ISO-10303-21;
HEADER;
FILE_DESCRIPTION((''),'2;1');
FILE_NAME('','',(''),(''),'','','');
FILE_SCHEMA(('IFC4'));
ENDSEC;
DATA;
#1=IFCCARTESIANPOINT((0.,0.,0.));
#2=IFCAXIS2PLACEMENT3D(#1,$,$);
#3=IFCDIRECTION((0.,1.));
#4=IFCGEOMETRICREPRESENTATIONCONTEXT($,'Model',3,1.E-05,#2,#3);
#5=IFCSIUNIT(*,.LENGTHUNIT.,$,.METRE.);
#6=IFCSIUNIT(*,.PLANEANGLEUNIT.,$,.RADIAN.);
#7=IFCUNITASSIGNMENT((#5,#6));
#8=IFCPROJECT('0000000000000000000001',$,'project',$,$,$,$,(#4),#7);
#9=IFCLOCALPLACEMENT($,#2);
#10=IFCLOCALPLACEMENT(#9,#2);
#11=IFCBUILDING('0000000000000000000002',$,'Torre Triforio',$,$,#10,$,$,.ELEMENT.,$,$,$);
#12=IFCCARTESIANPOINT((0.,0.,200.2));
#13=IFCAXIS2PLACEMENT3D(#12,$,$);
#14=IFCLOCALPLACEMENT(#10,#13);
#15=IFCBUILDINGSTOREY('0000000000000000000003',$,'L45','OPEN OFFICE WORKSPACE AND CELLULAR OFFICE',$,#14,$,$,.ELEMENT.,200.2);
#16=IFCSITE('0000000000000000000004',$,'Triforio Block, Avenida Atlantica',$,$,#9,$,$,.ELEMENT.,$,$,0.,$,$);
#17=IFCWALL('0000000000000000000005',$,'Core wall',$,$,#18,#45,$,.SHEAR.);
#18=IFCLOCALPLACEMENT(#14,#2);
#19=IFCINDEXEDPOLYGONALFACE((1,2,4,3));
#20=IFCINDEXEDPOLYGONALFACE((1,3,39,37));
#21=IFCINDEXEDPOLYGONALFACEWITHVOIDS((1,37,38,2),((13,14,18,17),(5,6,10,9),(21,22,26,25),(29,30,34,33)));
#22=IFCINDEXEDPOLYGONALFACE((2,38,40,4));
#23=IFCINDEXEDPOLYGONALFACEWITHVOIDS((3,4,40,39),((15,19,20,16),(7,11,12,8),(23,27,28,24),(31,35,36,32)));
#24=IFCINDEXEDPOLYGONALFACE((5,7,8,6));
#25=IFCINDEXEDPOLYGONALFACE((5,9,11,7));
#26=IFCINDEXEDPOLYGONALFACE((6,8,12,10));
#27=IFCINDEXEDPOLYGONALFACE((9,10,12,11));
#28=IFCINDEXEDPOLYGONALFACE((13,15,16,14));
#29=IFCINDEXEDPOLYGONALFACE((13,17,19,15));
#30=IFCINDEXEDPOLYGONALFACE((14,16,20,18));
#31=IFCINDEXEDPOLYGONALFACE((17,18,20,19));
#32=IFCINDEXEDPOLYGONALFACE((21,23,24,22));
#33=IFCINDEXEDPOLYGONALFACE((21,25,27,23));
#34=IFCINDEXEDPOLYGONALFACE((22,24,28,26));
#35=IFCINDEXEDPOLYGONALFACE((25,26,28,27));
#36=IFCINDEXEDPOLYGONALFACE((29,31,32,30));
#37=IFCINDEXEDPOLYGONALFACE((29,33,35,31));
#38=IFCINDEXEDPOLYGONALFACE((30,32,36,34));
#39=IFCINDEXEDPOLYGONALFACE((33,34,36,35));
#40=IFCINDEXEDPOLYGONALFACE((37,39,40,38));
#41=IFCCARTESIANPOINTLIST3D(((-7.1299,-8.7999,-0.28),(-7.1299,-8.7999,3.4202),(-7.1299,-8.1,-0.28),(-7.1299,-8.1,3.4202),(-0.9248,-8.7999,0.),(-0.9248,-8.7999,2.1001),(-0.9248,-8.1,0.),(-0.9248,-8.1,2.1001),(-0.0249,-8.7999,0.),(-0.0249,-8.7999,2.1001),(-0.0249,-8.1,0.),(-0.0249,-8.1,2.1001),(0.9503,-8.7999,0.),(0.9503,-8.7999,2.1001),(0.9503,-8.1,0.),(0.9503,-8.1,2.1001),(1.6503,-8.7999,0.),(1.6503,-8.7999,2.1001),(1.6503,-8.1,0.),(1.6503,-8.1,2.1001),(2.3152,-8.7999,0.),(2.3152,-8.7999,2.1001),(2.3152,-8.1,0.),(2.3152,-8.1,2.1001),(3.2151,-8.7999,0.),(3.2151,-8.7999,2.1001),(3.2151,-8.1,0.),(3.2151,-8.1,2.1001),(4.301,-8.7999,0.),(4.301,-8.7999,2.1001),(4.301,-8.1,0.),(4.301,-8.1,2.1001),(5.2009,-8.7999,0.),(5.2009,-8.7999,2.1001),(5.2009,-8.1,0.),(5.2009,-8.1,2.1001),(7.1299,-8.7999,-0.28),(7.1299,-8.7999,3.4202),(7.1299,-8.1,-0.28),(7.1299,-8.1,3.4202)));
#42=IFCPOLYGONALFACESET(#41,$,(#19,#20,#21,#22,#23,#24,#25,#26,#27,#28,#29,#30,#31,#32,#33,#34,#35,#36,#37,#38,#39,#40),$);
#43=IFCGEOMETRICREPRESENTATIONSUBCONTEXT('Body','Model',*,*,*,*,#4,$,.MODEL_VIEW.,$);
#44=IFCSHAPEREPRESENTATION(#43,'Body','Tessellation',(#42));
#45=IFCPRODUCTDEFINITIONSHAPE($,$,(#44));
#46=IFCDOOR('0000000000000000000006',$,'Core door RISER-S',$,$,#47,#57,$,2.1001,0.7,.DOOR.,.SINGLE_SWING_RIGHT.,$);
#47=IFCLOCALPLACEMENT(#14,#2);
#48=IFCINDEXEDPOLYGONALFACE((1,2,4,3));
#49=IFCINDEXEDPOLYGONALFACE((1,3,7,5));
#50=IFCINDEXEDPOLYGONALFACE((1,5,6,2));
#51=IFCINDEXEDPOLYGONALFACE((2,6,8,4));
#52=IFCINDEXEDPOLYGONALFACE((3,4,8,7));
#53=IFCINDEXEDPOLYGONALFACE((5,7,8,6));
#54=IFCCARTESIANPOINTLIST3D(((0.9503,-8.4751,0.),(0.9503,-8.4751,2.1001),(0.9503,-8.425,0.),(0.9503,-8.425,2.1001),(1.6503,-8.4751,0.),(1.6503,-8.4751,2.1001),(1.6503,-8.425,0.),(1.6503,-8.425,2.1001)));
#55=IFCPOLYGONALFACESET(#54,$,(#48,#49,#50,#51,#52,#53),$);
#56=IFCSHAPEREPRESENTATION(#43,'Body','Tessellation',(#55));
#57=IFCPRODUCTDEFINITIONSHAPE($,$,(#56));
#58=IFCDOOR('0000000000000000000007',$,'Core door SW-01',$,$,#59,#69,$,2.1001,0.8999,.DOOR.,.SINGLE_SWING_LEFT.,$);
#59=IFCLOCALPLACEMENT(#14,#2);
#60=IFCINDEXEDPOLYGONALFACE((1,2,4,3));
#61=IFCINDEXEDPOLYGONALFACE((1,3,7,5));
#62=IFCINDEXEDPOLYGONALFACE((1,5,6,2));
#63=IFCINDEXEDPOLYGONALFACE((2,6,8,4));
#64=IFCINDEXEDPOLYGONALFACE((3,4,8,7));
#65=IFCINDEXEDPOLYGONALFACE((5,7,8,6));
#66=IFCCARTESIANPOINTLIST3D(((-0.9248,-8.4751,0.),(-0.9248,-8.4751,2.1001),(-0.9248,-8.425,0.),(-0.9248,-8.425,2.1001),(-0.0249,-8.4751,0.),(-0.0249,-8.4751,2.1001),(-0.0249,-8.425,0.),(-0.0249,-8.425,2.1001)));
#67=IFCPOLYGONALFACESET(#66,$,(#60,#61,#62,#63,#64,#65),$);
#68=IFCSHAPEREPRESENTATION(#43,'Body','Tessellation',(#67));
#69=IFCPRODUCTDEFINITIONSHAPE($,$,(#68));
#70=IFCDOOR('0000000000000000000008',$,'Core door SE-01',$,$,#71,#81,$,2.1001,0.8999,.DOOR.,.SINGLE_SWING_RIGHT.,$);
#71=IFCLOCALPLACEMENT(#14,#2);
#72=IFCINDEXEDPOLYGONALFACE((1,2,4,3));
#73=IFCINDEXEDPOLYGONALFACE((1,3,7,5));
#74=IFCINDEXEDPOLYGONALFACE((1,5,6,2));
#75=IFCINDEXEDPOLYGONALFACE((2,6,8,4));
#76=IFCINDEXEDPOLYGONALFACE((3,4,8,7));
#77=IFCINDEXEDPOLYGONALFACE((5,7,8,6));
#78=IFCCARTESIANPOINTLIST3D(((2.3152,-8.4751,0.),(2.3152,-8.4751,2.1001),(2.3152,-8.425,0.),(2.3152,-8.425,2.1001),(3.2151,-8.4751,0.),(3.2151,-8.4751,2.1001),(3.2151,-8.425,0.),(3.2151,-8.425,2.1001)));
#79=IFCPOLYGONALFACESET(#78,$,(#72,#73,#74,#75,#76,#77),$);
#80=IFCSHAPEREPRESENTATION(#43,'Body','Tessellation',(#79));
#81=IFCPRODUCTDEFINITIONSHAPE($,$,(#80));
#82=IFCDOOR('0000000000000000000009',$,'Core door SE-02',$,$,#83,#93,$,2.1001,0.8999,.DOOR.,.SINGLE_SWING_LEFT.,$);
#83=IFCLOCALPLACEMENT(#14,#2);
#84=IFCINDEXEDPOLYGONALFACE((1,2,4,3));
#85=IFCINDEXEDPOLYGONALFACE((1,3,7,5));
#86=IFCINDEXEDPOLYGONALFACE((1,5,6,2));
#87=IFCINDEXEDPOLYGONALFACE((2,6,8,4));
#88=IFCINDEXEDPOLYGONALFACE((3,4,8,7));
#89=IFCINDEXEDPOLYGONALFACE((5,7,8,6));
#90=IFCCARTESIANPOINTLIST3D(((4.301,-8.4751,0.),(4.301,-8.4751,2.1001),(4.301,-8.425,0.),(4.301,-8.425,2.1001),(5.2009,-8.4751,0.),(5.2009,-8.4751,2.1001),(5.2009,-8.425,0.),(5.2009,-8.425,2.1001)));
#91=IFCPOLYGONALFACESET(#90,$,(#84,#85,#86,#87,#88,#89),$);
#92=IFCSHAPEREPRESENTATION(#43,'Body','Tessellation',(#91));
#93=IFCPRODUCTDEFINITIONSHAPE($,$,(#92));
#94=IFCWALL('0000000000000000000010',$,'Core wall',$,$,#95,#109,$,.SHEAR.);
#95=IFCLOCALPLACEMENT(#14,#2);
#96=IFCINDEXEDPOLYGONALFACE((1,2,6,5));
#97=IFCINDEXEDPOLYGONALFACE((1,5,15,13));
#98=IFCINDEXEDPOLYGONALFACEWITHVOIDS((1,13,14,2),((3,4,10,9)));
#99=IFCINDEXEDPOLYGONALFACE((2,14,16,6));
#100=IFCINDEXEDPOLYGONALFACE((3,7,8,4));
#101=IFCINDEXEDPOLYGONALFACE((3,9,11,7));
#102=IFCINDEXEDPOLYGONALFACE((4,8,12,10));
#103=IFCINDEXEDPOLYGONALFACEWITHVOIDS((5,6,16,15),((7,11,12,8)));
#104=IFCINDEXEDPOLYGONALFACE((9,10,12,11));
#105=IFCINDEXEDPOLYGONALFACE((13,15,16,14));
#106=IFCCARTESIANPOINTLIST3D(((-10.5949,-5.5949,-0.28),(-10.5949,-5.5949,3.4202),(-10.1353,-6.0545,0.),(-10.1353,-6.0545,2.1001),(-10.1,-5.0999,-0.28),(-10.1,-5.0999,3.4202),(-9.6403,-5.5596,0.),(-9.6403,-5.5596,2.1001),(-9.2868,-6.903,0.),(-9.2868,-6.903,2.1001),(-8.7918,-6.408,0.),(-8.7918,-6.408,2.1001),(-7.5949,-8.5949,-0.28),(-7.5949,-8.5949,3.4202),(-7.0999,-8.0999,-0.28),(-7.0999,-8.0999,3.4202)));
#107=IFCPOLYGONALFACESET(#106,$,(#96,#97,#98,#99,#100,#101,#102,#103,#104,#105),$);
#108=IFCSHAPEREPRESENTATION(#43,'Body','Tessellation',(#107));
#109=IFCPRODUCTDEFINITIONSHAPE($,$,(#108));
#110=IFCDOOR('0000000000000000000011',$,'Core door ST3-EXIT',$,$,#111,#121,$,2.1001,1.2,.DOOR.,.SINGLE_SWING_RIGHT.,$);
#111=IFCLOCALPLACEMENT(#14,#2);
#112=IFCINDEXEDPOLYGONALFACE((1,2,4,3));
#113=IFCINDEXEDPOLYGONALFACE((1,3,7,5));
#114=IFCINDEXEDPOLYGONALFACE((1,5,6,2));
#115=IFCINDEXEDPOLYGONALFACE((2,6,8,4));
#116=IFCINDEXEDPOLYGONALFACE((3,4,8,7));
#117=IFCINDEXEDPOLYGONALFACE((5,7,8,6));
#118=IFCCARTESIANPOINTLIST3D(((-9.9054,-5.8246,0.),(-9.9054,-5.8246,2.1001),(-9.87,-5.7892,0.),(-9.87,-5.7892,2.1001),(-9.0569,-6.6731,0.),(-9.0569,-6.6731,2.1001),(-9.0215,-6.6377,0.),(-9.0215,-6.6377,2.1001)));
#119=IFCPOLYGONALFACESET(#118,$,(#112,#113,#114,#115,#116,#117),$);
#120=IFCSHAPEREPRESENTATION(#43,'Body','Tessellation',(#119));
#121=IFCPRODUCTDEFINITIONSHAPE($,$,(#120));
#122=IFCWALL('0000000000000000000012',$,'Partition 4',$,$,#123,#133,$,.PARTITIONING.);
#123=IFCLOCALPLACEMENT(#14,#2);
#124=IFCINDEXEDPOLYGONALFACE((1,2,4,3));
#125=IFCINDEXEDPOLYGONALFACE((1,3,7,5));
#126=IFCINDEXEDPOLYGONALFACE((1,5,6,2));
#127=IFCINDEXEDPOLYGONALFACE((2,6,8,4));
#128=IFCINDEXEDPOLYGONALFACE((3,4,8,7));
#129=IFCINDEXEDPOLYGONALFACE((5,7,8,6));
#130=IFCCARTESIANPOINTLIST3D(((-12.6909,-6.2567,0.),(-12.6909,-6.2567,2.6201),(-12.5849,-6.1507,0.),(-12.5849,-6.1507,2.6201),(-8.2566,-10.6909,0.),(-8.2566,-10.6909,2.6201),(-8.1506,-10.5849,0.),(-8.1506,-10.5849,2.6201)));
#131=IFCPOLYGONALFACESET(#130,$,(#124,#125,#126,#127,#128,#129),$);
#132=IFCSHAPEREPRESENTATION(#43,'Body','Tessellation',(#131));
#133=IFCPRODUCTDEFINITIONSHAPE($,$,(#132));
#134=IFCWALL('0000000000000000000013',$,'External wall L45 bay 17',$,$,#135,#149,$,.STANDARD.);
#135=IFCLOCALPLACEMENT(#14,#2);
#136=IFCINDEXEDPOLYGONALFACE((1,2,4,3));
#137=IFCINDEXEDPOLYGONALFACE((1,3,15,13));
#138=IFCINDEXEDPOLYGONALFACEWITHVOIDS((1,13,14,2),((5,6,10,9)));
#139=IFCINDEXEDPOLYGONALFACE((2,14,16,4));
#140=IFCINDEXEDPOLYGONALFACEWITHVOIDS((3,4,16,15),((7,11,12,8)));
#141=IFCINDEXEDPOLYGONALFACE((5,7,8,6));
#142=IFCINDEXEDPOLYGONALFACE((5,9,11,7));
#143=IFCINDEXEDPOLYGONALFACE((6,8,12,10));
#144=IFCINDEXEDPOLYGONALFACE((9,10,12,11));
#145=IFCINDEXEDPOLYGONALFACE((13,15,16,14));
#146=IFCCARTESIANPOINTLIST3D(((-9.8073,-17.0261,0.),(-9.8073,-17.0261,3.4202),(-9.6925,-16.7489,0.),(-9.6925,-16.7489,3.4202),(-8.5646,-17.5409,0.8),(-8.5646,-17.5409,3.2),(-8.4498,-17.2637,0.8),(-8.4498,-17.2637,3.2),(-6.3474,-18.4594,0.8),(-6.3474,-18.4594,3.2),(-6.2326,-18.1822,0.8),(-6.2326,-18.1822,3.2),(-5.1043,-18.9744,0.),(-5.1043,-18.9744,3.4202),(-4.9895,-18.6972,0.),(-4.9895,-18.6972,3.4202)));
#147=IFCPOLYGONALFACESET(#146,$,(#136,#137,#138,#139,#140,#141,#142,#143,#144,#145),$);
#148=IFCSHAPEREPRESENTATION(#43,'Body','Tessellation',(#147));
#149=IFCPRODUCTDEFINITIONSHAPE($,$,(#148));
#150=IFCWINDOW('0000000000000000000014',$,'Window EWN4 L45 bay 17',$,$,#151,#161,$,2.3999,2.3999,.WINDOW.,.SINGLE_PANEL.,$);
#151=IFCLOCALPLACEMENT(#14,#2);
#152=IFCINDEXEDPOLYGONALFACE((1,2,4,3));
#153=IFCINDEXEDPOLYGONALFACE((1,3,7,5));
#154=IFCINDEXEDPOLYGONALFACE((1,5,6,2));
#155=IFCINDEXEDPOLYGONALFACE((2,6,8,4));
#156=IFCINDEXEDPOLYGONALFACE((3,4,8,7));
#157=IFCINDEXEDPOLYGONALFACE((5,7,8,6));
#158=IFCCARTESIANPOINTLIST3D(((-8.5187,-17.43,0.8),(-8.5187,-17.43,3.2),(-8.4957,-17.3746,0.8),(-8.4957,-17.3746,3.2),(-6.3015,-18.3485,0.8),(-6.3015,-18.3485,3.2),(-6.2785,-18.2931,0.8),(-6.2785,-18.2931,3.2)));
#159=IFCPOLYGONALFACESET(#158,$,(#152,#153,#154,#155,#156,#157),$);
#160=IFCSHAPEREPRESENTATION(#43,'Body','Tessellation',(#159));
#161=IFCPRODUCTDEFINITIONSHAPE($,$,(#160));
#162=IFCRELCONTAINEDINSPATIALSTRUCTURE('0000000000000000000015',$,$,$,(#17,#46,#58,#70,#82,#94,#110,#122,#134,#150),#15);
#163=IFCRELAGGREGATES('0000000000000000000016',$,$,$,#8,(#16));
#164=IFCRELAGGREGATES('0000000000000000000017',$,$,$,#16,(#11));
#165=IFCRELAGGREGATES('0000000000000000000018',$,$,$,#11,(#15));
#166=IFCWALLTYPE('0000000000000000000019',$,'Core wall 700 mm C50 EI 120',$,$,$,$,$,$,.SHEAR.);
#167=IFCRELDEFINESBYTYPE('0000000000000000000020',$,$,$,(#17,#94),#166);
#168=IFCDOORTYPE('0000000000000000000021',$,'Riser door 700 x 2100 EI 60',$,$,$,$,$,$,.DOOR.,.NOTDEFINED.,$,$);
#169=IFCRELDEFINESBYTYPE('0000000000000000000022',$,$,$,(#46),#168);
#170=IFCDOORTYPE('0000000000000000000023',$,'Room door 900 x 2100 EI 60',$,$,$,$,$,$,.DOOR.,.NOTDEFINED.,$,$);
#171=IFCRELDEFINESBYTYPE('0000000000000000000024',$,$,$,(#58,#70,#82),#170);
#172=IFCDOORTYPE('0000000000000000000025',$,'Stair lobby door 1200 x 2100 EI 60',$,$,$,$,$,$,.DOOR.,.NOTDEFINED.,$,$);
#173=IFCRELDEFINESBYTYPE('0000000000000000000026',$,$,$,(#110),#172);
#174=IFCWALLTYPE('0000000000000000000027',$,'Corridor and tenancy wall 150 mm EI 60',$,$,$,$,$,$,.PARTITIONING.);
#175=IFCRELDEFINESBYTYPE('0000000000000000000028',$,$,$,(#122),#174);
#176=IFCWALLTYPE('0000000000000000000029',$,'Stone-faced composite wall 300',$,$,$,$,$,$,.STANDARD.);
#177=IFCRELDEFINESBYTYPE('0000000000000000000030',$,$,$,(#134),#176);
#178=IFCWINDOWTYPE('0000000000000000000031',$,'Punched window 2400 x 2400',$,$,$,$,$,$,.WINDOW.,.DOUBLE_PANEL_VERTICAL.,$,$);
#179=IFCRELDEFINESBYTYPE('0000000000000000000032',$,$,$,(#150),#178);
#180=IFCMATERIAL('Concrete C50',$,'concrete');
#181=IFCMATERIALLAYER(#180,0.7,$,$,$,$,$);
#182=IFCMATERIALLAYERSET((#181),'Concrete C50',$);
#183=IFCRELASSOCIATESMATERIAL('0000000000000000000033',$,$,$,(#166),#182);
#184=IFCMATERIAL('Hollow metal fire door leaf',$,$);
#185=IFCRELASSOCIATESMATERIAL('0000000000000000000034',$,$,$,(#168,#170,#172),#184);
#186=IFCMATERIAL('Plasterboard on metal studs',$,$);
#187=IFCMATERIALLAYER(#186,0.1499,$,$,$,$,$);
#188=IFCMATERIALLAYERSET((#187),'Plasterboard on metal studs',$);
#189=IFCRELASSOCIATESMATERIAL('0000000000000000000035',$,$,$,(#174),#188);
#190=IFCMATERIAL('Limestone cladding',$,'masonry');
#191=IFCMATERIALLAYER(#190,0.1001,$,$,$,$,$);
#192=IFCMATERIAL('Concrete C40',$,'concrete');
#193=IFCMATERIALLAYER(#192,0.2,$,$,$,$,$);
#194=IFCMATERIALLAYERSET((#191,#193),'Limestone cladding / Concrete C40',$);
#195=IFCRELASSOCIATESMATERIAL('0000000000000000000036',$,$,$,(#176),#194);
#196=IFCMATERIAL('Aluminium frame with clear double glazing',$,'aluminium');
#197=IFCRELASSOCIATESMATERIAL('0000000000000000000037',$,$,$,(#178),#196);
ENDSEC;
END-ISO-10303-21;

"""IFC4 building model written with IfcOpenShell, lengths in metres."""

from ifc_helpers import new_model, si_unit, direction, frame, frame_2d, origin, place, context, subcontext, project, spatial, rectangle, extrude, material, layer, layer_set, type_object, element, fill, save


model = new_model("IFC4")

# Units and contexts
model_context = context("Model", 3, precision=1e-05, world=origin(), true_north=direction((0.0, 1.0)))
body_context = subcontext(model_context, "Body", "Model", "MODEL_VIEW")
ifc_project = project(units=[si_unit("LENGTHUNIT", "METRE"), si_unit("PLANEANGLEUNIT", "RADIAN")], contexts=[model_context])

# Site, building, storey
site_placement = place(None, origin())
site = spatial("IfcSite", under=ifc_project, at=site_placement, Name="Triforio Block, Avenida Atlantica", CompositionType="ELEMENT", RefElevation=0.0)
building_placement = place(site_placement, origin())
building = spatial("IfcBuilding", under=site, at=building_placement, Name="Torre Triforio", CompositionType="ELEMENT")
storey_placement = place(building_placement, frame((0.0, 0.0, 200.2)))
storey = spatial("IfcBuildingStorey", under=building, at=storey_placement, Name="L45", Description="OPEN OFFICE WORKSPACE AND CELLULAR OFFICE", CompositionType="ELEMENT", Elevation=200.2)

# Shared definitions
ifc_material_1 = material(Name="Concrete C50", Category="concrete")

# Shared definitions
ifc_material_2 = material(Name="Concrete C40", Category="concrete")

# Wall, openings, doors
ifc_layer_1 = layer(ifc_material_1, 0.7)
ifc_layer_set_1 = layer_set([ifc_layer_1], Name="Concrete C50")
wall_type_1 = type_object("IfcWallType", Name="Core wall 700 mm C50 EI 120", PredefinedType="SHEAR", material=ifc_layer_set_1)
wall_1_placement = place(storey_placement, frame((-7.1299, -8.45, -0.28), z_axis=(0.0, 0.0, 1.0), x_axis=(1.0, 0.0, 0.0)))
wall_1 = element("IfcWall", 1, at=wall_1_placement, inside=storey, type_object=wall_type_1, Name="Core wall", PredefinedType="SHEAR", context=body_context, shape_type="SweptSolid", body=[
    extrude(rectangle(XDim=14.2598, YDim=0.7, at=frame_2d((7.1299, 0.0))), origin(), (0.0, 0.0, 1.0), 3.7002),
])
opening_1_placement = place(wall_1_placement, frame((8.0801, 0.0, 0.28)))
opening_1 = element("IfcOpeningElement", 2, at=opening_1_placement, cuts=wall_1, PredefinedType="OPENING", context=body_context, shape_type="SweptSolid", body=[
    extrude(rectangle(XDim=0.7, YDim=2.1001, at=frame_2d((0.3501, 1.05))), frame((0.0, 0.3599, 0.0), z_axis=(0.0, -1.0, 0.0), x_axis=(1.0, 0.0, 0.0)), (0.0, 0.0, 1.0), 0.72),
])
opening_2_placement = place(wall_1_placement, frame((6.2051, 0.0, 0.28)))
opening_2 = element("IfcOpeningElement", 3, at=opening_2_placement, cuts=wall_1, PredefinedType="OPENING", context=body_context, shape_type="SweptSolid", body=[
    extrude(rectangle(XDim=0.8999, YDim=2.1001, at=frame_2d((0.45, 1.05))), frame((0.0, 0.3599, 0.0), z_axis=(0.0, -1.0, 0.0), x_axis=(1.0, 0.0, 0.0)), (0.0, 0.0, 1.0), 0.72),
])
opening_3_placement = place(wall_1_placement, frame((9.4451, 0.0, 0.28)))
opening_3 = element("IfcOpeningElement", 4, at=opening_3_placement, cuts=wall_1, PredefinedType="OPENING", context=body_context, shape_type="SweptSolid", body=[
    extrude(rectangle(XDim=0.8999, YDim=2.1001, at=frame_2d((0.45, 1.05))), frame((0.0, 0.3599, 0.0), z_axis=(0.0, -1.0, 0.0), x_axis=(1.0, 0.0, 0.0)), (0.0, 0.0, 1.0), 0.72),
])
opening_4_placement = place(wall_1_placement, frame((11.4309, 0.0, 0.28)))
opening_4 = element("IfcOpeningElement", 5, at=opening_4_placement, cuts=wall_1, PredefinedType="OPENING", context=body_context, shape_type="SweptSolid", body=[
    extrude(rectangle(XDim=0.8999, YDim=2.1001, at=frame_2d((0.45, 1.05))), frame((0.0, 0.3599, 0.0), z_axis=(0.0, -1.0, 0.0), x_axis=(1.0, 0.0, 0.0)), (0.0, 0.0, 1.0), 0.72),
])
ifc_material_3 = material(Name="Hollow metal fire door leaf")
door_type_1 = type_object("IfcDoorType", Name="Riser door 700 x 2100 EI 60", OperationType="NOTDEFINED", PredefinedType="DOOR", material=ifc_material_3)
door_1_placement = place(opening_1_placement, origin())
door_1 = element("IfcDoor", 6, at=door_1_placement, inside=storey, type_object=door_type_1, Name="Core door RISER-S", OperationType="SINGLE_SWING_RIGHT", OverallHeight=2.1001, OverallWidth=0.7, PredefinedType="DOOR", context=body_context, shape_type="SweptSolid", body=[
    extrude(rectangle(XDim=0.7, YDim=2.1001, at=frame_2d((0.3501, 1.05))), frame((0.0, 0.0249, 0.0), z_axis=(0.0, -1.0, 0.0), x_axis=(1.0, 0.0, 0.0)), (0.0, 0.0, 1.0), 0.05),
])
fill(opening_1, door_1)
door_type_2 = type_object("IfcDoorType", Name="Room door 900 x 2100 EI 60", OperationType="NOTDEFINED", PredefinedType="DOOR", material=ifc_material_3)
door_2_placement = place(opening_2_placement, origin())
door_2 = element("IfcDoor", 7, at=door_2_placement, inside=storey, type_object=door_type_2, Name="Core door SW-01", OperationType="SINGLE_SWING_LEFT", OverallHeight=2.1001, OverallWidth=0.8999, PredefinedType="DOOR", context=body_context, shape_type="SweptSolid", body=[
    extrude(rectangle(XDim=0.8999, YDim=2.1001, at=frame_2d((0.45, 1.05))), frame((0.0, 0.0249, 0.0), z_axis=(0.0, -1.0, 0.0), x_axis=(1.0, 0.0, 0.0)), (0.0, 0.0, 1.0), 0.05),
])
fill(opening_2, door_2)
door_3_placement = place(opening_3_placement, origin())
door_3 = element("IfcDoor", 8, at=door_3_placement, inside=storey, type_object=door_type_2, Name="Core door SE-01", OperationType="SINGLE_SWING_RIGHT", OverallHeight=2.1001, OverallWidth=0.8999, PredefinedType="DOOR", context=body_context, shape_type="SweptSolid", body=[
    extrude(rectangle(XDim=0.8999, YDim=2.1001, at=frame_2d((0.45, 1.05))), frame((0.0, 0.0249, 0.0), z_axis=(0.0, -1.0, 0.0), x_axis=(1.0, 0.0, 0.0)), (0.0, 0.0, 1.0), 0.05),
])
fill(opening_3, door_3)
door_4_placement = place(opening_4_placement, origin())
door_4 = element("IfcDoor", 9, at=door_4_placement, inside=storey, type_object=door_type_2, Name="Core door SE-02", OperationType="SINGLE_SWING_LEFT", OverallHeight=2.1001, OverallWidth=0.8999, PredefinedType="DOOR", context=body_context, shape_type="SweptSolid", body=[
    extrude(rectangle(XDim=0.8999, YDim=2.1001, at=frame_2d((0.45, 1.05))), frame((0.0, 0.0249, 0.0), z_axis=(0.0, -1.0, 0.0), x_axis=(1.0, 0.0, 0.0)), (0.0, 0.0, 1.0), 0.05),
])
fill(opening_4, door_4)

# Wall, opening, door
wall_2_placement = place(storey_placement, frame((-7.3474, -8.3474, -0.28), z_axis=(0.0, 0.0, 1.0), x_axis=(-0.707107, 0.707107, 0.0)))
wall_2 = element("IfcWall", 10, at=wall_2_placement, inside=storey, type_object=wall_type_1, Name="Core wall", PredefinedType="SHEAR", context=body_context, shape_type="SweptSolid", body=[
    extrude(rectangle(XDim=4.2427, YDim=0.7, at=frame_2d((2.1213, 0.0))), origin(), (0.0, 0.0, 1.0), 3.7002),
])
opening_5_placement = place(wall_2_placement, frame((2.3926, 0.0, 0.28)))
opening_5 = element("IfcOpeningElement", 11, at=opening_5_placement, cuts=wall_2, PredefinedType="OPENING", context=body_context, shape_type="SweptSolid", body=[
    extrude(rectangle(XDim=1.2, YDim=2.1001, at=frame_2d((0.6001, 1.05))), frame((0.0, 0.3599, 0.0), z_axis=(0.0, -1.0, 0.0), x_axis=(1.0, 0.0, 0.0)), (0.0, 0.0, 1.0), 0.72),
])
door_type_3 = type_object("IfcDoorType", Name="Stair lobby door 1200 x 2100 EI 60", OperationType="NOTDEFINED", PredefinedType="DOOR", material=ifc_material_3)
door_5_placement = place(opening_5_placement, origin())
door_5 = element("IfcDoor", 12, at=door_5_placement, inside=storey, type_object=door_type_3, Name="Core door ST3-EXIT", OperationType="SINGLE_SWING_RIGHT", OverallHeight=2.1001, OverallWidth=1.2, PredefinedType="DOOR", context=body_context, shape_type="SweptSolid", body=[
    extrude(rectangle(XDim=1.2, YDim=2.1001, at=frame_2d((0.6001, 1.05))), frame((0.0, 0.0249, 0.0), z_axis=(0.0, -1.0, 0.0), x_axis=(1.0, 0.0, 0.0)), (0.0, 0.0, 1.0), 0.05),
])
fill(opening_5, door_5)

# Wall
ifc_material_4 = material(Name="Plasterboard on metal studs")
ifc_layer_2 = layer(ifc_material_4, 0.1499)
ifc_layer_set_2 = layer_set([ifc_layer_2], Name="Plasterboard on metal studs")
wall_type_2 = type_object("IfcWallType", Name="Corridor and tenancy wall 150 mm EI 60", PredefinedType="PARTITIONING", material=ifc_layer_set_2)
wall_3_placement = place(storey_placement, frame((-8.2036, -10.6379, 0.0), z_axis=(0.0, 0.0, 1.0), x_axis=(-0.707107, 0.707107, 0.0)))
element("IfcWall", 13, at=wall_3_placement, inside=storey, type_object=wall_type_2, Name="Partition 4", PredefinedType="PARTITIONING", context=body_context, shape_type="SweptSolid", body=[
    extrude(rectangle(XDim=6.271, YDim=0.1499, at=frame_2d((3.1355, 0.0))), origin(), (0.0, 0.0, 1.0), 2.6201),
])

# Wall, opening, window
ifc_material_5 = material(Name="Limestone cladding", Category="masonry")
ifc_layer_3 = layer(ifc_material_5, 0.1001)
ifc_layer_4 = layer(ifc_material_2, 0.2)
ifc_layer_set_3 = layer_set([ifc_layer_3, ifc_layer_4], Name="Limestone cladding / Concrete C40")
wall_type_3 = type_object("IfcWallType", Name="Stone-faced composite wall 300", PredefinedType="STANDARD", material=ifc_layer_set_3)
wall_4_placement = place(storey_placement, frame((-9.75, -16.8875, 0.0), z_axis=(0.0, 0.0, 1.0), x_axis=(0.923863, -0.382725, 0.0)))
wall_4 = element("IfcWall", 14, at=wall_4_placement, inside=storey, type_object=wall_type_3, Name="External wall L45 bay 17", PredefinedType="STANDARD", context=body_context, shape_type="SweptSolid", body=[
    extrude(rectangle(XDim=5.0906, YDim=0.3, at=frame_2d((2.5454, 0.0))), origin(), (0.0, 0.0, 1.0), 3.4202),
])
opening_6_placement = place(wall_4_placement, frame((1.3452, 0.0, 0.8)))
opening_6 = element("IfcOpeningElement", 15, at=opening_6_placement, cuts=wall_4, PredefinedType="OPENING", context=body_context, shape_type="SweptSolid", body=[
    extrude(rectangle(XDim=2.3999, YDim=2.3999, at=frame_2d((1.2, 1.2))), frame((0.0, 0.1599, 0.0), z_axis=(0.0, -1.0, 0.0), x_axis=(1.0, 0.0, 0.0)), (0.0, 0.0, 1.0), 0.3201),
])
ifc_material_6 = material(Name="Aluminium frame with clear double glazing", Category="aluminium")
window_type_1 = type_object("IfcWindowType", Name="Punched window 2400 x 2400", PartitioningType="DOUBLE_PANEL_VERTICAL", PredefinedType="WINDOW", material=ifc_material_6)
window_1_placement = place(opening_6_placement, origin())
window_1 = element("IfcWindow", 16, at=window_1_placement, inside=storey, type_object=window_type_1, Name="Window EWN4 L45 bay 17", OverallHeight=2.3999, OverallWidth=2.3999, PartitioningType="SINGLE_PANEL", PredefinedType="WINDOW", context=body_context, shape_type="SweptSolid", body=[
    extrude(rectangle(XDim=2.3999, YDim=2.3999, at=frame_2d((1.2, 1.2))), frame((0.0, 0.03, 0.0), z_axis=(0.0, -1.0, 0.0), x_axis=(1.0, 0.0, 0.0)), (0.0, 0.0, 1.0), 0.0601),
])
fill(opening_6, window_1)

save(model, "model.ifc")
